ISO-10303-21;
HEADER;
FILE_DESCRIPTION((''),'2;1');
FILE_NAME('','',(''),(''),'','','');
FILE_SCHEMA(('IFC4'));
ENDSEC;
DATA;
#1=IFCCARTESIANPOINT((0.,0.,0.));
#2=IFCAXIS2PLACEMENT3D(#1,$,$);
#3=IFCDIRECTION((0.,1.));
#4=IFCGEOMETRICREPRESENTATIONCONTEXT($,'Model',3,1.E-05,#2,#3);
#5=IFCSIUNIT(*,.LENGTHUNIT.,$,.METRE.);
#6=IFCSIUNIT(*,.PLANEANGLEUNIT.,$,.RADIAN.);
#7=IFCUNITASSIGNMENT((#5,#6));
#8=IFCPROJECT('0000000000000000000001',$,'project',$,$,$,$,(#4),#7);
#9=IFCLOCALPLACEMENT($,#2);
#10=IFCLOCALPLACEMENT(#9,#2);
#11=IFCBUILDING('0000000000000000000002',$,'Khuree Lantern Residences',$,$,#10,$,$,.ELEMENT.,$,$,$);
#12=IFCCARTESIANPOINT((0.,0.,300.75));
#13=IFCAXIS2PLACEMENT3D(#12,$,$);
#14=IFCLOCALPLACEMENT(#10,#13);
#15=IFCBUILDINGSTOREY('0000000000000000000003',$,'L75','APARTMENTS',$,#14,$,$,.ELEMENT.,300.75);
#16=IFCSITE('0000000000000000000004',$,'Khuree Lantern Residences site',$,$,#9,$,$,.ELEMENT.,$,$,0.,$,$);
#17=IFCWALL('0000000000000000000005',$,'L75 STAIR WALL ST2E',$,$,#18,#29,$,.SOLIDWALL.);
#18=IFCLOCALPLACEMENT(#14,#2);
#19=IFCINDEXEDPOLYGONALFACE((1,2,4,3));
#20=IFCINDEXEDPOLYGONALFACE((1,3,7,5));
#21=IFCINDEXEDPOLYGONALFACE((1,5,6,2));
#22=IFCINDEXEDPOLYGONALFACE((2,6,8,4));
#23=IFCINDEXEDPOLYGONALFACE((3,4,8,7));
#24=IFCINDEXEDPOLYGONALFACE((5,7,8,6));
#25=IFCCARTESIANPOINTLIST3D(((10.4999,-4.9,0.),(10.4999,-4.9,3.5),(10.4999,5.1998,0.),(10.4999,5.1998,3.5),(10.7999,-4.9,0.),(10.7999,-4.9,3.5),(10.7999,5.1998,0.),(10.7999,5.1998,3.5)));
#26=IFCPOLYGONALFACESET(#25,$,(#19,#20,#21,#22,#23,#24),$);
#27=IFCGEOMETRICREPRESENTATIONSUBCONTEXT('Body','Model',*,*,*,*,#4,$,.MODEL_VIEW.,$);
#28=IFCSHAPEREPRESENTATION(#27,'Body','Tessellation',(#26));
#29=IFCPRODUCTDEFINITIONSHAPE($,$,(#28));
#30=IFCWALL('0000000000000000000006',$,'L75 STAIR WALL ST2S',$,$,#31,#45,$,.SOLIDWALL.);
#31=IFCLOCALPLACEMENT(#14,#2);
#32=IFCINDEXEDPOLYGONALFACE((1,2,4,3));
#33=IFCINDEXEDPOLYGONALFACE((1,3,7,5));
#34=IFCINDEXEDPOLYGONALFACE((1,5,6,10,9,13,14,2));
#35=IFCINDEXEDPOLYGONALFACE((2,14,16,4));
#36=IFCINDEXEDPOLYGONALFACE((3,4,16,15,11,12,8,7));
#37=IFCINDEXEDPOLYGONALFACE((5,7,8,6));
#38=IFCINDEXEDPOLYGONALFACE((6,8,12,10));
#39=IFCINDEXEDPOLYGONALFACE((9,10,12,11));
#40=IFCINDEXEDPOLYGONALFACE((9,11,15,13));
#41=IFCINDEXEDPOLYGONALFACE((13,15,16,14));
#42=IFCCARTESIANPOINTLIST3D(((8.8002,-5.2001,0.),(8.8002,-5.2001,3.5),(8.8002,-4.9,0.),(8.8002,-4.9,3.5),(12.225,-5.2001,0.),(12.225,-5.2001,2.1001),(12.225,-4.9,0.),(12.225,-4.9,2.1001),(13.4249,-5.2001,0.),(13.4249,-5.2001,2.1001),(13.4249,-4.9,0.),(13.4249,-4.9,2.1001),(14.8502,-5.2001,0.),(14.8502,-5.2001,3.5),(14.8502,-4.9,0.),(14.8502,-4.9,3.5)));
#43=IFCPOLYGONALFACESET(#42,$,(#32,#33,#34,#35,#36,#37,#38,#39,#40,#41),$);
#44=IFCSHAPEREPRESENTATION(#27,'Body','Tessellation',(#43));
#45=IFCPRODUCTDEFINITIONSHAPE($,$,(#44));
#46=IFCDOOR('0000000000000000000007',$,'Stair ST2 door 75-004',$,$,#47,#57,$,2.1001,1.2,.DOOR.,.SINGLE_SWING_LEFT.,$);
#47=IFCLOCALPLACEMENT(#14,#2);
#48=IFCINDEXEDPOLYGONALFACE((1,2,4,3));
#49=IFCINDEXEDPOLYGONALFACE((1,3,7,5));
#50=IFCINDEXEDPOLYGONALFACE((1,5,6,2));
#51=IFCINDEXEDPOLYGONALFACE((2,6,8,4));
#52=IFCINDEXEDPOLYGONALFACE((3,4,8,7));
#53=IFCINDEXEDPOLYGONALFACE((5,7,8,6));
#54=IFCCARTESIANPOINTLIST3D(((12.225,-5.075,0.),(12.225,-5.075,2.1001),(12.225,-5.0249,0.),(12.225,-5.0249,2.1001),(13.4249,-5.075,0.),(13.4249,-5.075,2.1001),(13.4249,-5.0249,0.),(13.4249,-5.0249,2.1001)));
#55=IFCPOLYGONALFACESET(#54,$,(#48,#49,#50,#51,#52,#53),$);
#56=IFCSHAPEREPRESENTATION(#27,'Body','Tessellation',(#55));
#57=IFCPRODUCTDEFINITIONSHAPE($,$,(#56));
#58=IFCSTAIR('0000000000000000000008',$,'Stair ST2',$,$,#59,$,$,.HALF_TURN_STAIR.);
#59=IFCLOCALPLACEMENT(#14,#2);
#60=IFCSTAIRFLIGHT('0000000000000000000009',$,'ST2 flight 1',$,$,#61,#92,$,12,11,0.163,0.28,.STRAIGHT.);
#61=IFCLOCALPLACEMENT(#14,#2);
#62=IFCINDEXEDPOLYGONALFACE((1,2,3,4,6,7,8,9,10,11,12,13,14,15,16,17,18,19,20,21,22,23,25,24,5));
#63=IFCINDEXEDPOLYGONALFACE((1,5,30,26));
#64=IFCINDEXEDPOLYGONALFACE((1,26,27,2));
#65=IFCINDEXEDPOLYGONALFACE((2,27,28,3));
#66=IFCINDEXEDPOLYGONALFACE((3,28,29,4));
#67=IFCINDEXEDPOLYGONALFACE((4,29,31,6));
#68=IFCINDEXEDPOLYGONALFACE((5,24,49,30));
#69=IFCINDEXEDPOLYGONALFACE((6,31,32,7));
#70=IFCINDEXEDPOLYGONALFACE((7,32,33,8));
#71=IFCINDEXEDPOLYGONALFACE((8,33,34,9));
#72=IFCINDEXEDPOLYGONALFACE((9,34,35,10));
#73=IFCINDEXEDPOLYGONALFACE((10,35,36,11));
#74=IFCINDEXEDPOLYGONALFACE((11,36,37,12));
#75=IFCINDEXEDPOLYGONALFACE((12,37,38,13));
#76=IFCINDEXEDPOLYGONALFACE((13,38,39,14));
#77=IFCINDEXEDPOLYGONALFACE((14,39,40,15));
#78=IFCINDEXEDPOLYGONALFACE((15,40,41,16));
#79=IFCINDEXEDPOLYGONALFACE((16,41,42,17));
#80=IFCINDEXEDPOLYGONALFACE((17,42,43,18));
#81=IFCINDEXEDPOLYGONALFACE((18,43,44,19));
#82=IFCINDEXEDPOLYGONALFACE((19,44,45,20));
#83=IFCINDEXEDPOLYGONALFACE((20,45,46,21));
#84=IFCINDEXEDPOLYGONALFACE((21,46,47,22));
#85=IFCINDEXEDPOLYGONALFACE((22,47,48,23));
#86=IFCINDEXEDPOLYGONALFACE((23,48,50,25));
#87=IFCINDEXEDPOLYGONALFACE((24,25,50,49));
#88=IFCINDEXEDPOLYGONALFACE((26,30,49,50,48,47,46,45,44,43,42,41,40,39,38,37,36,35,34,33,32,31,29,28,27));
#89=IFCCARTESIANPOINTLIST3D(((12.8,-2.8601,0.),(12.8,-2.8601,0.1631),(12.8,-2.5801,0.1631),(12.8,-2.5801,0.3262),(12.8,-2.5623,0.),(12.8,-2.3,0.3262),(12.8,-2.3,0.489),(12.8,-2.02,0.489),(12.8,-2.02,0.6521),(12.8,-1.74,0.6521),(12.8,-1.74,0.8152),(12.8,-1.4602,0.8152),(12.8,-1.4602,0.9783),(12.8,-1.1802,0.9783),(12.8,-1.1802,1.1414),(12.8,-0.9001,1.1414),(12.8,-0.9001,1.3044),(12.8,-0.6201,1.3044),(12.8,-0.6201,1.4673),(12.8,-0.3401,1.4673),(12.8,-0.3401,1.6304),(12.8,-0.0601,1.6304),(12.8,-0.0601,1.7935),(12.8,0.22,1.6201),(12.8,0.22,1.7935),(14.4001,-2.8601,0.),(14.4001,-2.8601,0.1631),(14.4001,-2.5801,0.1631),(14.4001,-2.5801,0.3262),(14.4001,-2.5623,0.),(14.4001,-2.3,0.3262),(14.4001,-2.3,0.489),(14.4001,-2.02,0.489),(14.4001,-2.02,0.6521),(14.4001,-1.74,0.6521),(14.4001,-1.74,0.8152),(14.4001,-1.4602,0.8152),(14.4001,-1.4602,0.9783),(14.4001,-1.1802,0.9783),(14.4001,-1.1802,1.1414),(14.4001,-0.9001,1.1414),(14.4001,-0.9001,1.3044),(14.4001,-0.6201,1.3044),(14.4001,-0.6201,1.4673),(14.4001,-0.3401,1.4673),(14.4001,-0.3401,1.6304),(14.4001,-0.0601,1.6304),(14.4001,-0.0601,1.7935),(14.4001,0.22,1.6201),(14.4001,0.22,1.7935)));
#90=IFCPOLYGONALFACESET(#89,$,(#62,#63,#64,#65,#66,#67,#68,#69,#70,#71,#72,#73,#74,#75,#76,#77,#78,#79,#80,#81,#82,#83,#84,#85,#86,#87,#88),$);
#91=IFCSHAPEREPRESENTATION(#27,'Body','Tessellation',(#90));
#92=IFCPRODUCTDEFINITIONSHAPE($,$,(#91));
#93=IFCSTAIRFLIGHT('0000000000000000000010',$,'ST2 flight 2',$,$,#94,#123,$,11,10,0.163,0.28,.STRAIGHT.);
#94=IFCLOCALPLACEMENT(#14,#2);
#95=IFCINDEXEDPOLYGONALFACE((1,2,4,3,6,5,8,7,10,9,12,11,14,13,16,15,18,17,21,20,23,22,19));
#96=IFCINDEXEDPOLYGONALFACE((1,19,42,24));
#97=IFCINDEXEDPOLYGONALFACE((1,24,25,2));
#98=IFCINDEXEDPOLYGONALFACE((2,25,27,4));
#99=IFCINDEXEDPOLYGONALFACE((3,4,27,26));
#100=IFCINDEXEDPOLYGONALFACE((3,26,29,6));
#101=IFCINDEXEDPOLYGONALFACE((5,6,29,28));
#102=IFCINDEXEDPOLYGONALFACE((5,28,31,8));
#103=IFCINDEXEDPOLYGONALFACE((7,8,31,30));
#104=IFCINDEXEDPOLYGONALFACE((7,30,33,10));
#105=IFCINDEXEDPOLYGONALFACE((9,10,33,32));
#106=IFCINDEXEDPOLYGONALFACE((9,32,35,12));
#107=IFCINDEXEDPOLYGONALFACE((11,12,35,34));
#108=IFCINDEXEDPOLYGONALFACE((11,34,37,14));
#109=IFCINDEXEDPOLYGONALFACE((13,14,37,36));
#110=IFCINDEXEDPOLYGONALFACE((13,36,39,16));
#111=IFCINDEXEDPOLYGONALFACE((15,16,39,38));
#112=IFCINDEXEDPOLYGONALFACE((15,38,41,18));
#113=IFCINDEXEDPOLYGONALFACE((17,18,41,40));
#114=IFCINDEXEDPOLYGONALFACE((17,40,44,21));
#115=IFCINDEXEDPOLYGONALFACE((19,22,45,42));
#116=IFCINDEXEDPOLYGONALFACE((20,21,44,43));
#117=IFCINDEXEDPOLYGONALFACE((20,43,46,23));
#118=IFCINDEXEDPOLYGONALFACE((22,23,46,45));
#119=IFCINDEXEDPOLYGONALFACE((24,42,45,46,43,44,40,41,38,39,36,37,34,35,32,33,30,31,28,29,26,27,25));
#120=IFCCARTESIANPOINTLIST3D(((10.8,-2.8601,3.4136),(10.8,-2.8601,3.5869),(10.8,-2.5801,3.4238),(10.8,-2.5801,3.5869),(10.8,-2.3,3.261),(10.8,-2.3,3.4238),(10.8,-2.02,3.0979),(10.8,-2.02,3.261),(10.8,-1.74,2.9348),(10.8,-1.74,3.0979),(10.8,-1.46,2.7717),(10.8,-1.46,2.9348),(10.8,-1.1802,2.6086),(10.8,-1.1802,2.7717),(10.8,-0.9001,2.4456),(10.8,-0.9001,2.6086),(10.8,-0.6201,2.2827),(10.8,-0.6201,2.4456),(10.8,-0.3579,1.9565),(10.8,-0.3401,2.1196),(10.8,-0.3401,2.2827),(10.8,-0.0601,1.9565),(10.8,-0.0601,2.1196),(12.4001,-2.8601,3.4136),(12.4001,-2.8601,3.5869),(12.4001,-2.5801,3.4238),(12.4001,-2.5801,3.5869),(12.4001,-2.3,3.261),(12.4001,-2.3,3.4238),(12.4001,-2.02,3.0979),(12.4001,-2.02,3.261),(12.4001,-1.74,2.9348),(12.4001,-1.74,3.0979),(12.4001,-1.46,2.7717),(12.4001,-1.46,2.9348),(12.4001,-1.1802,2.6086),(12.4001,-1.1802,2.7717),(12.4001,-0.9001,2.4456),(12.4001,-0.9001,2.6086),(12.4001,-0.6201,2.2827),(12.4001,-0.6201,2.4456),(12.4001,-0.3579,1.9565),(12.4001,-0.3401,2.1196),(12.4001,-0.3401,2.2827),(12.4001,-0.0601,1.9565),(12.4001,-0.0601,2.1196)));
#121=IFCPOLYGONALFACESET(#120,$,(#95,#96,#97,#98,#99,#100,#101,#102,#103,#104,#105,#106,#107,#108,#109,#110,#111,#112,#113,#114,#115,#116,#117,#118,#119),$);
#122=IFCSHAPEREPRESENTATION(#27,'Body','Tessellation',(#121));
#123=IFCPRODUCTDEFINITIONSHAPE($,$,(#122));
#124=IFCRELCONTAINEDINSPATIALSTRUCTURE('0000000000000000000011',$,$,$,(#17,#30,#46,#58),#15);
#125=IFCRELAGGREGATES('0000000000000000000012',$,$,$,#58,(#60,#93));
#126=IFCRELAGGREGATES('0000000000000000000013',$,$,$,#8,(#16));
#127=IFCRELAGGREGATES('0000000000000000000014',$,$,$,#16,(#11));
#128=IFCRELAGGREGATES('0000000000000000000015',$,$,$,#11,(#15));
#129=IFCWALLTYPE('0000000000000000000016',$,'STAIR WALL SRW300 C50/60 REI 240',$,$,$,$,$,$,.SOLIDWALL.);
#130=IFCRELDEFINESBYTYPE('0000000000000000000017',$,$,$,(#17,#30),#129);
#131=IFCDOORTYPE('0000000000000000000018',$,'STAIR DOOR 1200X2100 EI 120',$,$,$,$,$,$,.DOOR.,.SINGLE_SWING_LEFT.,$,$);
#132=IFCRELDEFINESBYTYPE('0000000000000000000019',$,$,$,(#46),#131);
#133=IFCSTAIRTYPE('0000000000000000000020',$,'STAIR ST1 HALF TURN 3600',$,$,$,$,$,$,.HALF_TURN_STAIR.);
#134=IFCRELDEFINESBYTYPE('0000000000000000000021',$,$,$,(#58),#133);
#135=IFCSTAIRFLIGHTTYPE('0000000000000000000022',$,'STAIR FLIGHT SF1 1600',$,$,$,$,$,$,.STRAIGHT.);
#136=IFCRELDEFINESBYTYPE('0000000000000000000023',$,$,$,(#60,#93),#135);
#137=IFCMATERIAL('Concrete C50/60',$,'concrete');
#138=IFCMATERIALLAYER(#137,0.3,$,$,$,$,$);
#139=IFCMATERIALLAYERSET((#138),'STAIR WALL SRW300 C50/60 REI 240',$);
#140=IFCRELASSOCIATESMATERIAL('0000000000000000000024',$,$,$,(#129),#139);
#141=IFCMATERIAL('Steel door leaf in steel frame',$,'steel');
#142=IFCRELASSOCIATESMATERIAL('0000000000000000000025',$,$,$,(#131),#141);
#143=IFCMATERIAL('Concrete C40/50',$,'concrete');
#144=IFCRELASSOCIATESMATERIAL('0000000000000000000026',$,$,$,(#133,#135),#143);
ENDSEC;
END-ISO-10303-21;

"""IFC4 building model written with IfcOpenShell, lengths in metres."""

from ifc_helpers import new_model, si_unit, direction, frame, frame_2d, origin, place, context, subcontext, project, spatial, polyline, rectangle, outline, extrude, material, layer, layer_set, type_object, element, fill, aggregate, save


model = new_model("IFC4")

# Units and contexts
model_context = context("Model", 3, precision=1e-05, world=origin(), true_north=direction((0.0, 1.0)))
body_context = subcontext(model_context, "Body", "Model", "MODEL_VIEW")
ifc_project = project(units=[si_unit("LENGTHUNIT", "METRE"), si_unit("PLANEANGLEUNIT", "RADIAN")], contexts=[model_context])

# Site, building, storey
site_placement = place(None, origin())
site = spatial("IfcSite", under=ifc_project, at=site_placement, Name="Khuree Lantern Residences site", CompositionType="ELEMENT", RefElevation=0.0)
building_placement = place(site_placement, origin())
building = spatial("IfcBuilding", under=site, at=building_placement, Name="Khuree Lantern Residences", CompositionType="ELEMENT")
storey_placement = place(building_placement, frame((0.0, 0.0, 300.75)))
storey = spatial("IfcBuildingStorey", under=building, at=storey_placement, Name="L75", Description="APARTMENTS", CompositionType="ELEMENT", Elevation=300.75)

# Wall
ifc_material_1 = material(Name="Concrete C50/60", Category="concrete")
ifc_layer_1 = layer(ifc_material_1, 0.3)
ifc_layer_set_1 = layer_set([ifc_layer_1], Name="STAIR WALL SRW300 C50/60 REI 240")
wall_type_1 = type_object("IfcWallType", Name="STAIR WALL SRW300 C50/60 REI 240", PredefinedType="SOLIDWALL", material=ifc_layer_set_1)
wall_1_placement = place(storey_placement, frame((10.6499, -4.8999, 0.0), z_axis=(0.0, 0.0, 1.0), x_axis=(0.0, 1.0, 0.0)))
element("IfcWall", 1, at=wall_1_placement, inside=storey, type_object=wall_type_1, Name="L75 STAIR WALL ST2E", PredefinedType="SOLIDWALL", context=body_context, shape_type="SweptSolid", body=[
    extrude(rectangle(XDim=10.0999, YDim=0.3, at=frame_2d((5.0498, 0.0))), origin(), (0.0, 0.0, 1.0), 3.5),
])

# Wall, opening, door
wall_2_placement = place(storey_placement, frame((14.8501, -5.05, 0.0), z_axis=(0.0, 0.0, 1.0), x_axis=(-1.0, 0.0, 0.0)))
wall_2 = element("IfcWall", 2, at=wall_2_placement, inside=storey, type_object=wall_type_1, Name="L75 STAIR WALL ST2S", PredefinedType="SOLIDWALL", context=body_context, shape_type="SweptSolid", body=[
    extrude(rectangle(XDim=6.05, YDim=0.3, at=frame_2d((3.0249, 0.0))), origin(), (0.0, 0.0, 1.0), 3.5),
])
opening_1_placement = place(wall_2_placement, frame((1.425, 0.0, 0.0)))
opening_1 = element("IfcOpeningElement", 3, at=opening_1_placement, cuts=wall_2, PredefinedType="OPENING", context=body_context, shape_type="SweptSolid", body=[
    extrude(rectangle(XDim=1.2, YDim=2.1001, at=frame_2d((0.6001, 1.05))), frame((0.0, 0.1602, 0.0), z_axis=(0.0, -1.0, 0.0), x_axis=(1.0, 0.0, 0.0)), (0.0, 0.0, 1.0), 0.3201),
])
ifc_material_2 = material(Name="Steel door leaf in steel frame", Category="steel")
door_type_1 = type_object("IfcDoorType", Name="STAIR DOOR 1200X2100 EI 120", OperationType="SINGLE_SWING_LEFT", PredefinedType="DOOR", material=ifc_material_2)
door_1_placement = place(opening_1_placement, origin())
door_1 = element("IfcDoor", 4, at=door_1_placement, inside=storey, type_object=door_type_1, Name="Stair ST2 door 75-004", OperationType="SINGLE_SWING_LEFT", OverallHeight=2.1001, OverallWidth=1.2, PredefinedType="DOOR", context=body_context, shape_type="SweptSolid", body=[
    extrude(rectangle(XDim=1.2, YDim=2.1001, at=frame_2d((0.6001, 1.05))), frame((0.0, 0.0249, 0.0), z_axis=(0.0, -1.0, 0.0), x_axis=(1.0, 0.0, 0.0)), (0.0, 0.0, 1.0), 0.05),
])
fill(opening_1, door_1)

# Stair, stair flights
ifc_material_3 = material(Name="Concrete C40/50", Category="concrete")
stair_type = type_object("IfcStairType", Name="STAIR ST1 HALF TURN 3600", PredefinedType="HALF_TURN_STAIR", material=ifc_material_3)
stair_placement = place(storey_placement, origin())
stair = element("IfcStair", 5, at=stair_placement, inside=storey, type_object=stair_type, Name="Stair ST2", PredefinedType="HALF_TURN_STAIR")
stair_flight_type = type_object("IfcStairFlightType", Name="STAIR FLIGHT SF1 1600", PredefinedType="STRAIGHT", material=ifc_material_3)
stair_flight_1_placement = place(storey_placement, frame((13.6001, -2.8601, 0.0), z_axis=(0.0, 0.0, 1.0), x_axis=(0.0, 1.0, 0.0)))
stair_flight_1 = element("IfcStairFlight", 6, at=stair_flight_1_placement, type_object=stair_flight_type, Name="ST2 flight 1", NumberOfRisers=12, NumberOfTreads=11, PredefinedType="STRAIGHT", RiserHeight=0.163, TreadLength=0.28, context=body_context, shape_type="SweptSolid", body=[
    extrude(outline(polyline([(0.0, 0.0), (0.0, 0.1631), (0.28, 0.1631), (0.28, 0.3262), (0.5601, 0.3262), (0.5601, 0.489), (0.8401, 0.489), (0.8401, 0.6521), (1.1201, 0.6521), (1.1201, 0.8152), (1.3999, 0.8152), (1.3999, 0.9783), (1.6799, 0.9783), (1.6799, 1.1414), (1.96, 1.1414), (1.96, 1.3044), (2.24, 1.3044), (2.24, 1.4673), (2.52, 1.4673), (2.52, 1.6304), (2.8, 1.6304), (2.8, 1.7935), (3.0801, 1.7935), (3.0801, 1.9565), (3.0801, 1.6201), (0.2979, 0.0), (0.0, 0.0)])), frame((0.0, 0.8, 0.0), z_axis=(0.0, -1.0, 0.0), x_axis=(1.0, 0.0, 0.0)), (0.0, 0.0, 1.0), 1.6001),
])
stair_flight_2_placement = place(storey_placement, frame((11.6001, -0.0601, 1.9565), z_axis=(0.0, 0.0, 1.0), x_axis=(0.0, -1.0, 0.0)))
stair_flight_2 = element("IfcStairFlight", 7, at=stair_flight_2_placement, type_object=stair_flight_type, Name="ST2 flight 2", NumberOfRisers=11, NumberOfTreads=10, PredefinedType="STRAIGHT", RiserHeight=0.163, TreadLength=0.28, context=body_context, shape_type="SweptSolid", body=[
    extrude(outline(polyline([(0.0, 0.0), (0.0, 0.1631), (0.28, 0.1631), (0.28, 0.3262), (0.5601, 0.3262), (0.5601, 0.489), (0.8401, 0.489), (0.8401, 0.6521), (1.1201, 0.6521), (1.1201, 0.8152), (1.3999, 0.8152), (1.3999, 0.9783), (1.6799, 0.9783), (1.6799, 1.1414), (1.96, 1.1414), (1.96, 1.3044), (2.24, 1.3044), (2.24, 1.4673), (2.52, 1.4673), (2.52, 1.6304), (2.8, 1.6304), (2.8, 1.7935), (2.8, 1.457), (0.2979, 0.0), (0.0, 0.0)])), frame((0.0, 0.8, 0.0), z_axis=(0.0, -1.0, 0.0), x_axis=(1.0, 0.0, 0.0)), (0.0, 0.0, 1.0), 1.6001),
])
aggregate(stair, [stair_flight_1, stair_flight_2])

save(model, "model.ifc")
